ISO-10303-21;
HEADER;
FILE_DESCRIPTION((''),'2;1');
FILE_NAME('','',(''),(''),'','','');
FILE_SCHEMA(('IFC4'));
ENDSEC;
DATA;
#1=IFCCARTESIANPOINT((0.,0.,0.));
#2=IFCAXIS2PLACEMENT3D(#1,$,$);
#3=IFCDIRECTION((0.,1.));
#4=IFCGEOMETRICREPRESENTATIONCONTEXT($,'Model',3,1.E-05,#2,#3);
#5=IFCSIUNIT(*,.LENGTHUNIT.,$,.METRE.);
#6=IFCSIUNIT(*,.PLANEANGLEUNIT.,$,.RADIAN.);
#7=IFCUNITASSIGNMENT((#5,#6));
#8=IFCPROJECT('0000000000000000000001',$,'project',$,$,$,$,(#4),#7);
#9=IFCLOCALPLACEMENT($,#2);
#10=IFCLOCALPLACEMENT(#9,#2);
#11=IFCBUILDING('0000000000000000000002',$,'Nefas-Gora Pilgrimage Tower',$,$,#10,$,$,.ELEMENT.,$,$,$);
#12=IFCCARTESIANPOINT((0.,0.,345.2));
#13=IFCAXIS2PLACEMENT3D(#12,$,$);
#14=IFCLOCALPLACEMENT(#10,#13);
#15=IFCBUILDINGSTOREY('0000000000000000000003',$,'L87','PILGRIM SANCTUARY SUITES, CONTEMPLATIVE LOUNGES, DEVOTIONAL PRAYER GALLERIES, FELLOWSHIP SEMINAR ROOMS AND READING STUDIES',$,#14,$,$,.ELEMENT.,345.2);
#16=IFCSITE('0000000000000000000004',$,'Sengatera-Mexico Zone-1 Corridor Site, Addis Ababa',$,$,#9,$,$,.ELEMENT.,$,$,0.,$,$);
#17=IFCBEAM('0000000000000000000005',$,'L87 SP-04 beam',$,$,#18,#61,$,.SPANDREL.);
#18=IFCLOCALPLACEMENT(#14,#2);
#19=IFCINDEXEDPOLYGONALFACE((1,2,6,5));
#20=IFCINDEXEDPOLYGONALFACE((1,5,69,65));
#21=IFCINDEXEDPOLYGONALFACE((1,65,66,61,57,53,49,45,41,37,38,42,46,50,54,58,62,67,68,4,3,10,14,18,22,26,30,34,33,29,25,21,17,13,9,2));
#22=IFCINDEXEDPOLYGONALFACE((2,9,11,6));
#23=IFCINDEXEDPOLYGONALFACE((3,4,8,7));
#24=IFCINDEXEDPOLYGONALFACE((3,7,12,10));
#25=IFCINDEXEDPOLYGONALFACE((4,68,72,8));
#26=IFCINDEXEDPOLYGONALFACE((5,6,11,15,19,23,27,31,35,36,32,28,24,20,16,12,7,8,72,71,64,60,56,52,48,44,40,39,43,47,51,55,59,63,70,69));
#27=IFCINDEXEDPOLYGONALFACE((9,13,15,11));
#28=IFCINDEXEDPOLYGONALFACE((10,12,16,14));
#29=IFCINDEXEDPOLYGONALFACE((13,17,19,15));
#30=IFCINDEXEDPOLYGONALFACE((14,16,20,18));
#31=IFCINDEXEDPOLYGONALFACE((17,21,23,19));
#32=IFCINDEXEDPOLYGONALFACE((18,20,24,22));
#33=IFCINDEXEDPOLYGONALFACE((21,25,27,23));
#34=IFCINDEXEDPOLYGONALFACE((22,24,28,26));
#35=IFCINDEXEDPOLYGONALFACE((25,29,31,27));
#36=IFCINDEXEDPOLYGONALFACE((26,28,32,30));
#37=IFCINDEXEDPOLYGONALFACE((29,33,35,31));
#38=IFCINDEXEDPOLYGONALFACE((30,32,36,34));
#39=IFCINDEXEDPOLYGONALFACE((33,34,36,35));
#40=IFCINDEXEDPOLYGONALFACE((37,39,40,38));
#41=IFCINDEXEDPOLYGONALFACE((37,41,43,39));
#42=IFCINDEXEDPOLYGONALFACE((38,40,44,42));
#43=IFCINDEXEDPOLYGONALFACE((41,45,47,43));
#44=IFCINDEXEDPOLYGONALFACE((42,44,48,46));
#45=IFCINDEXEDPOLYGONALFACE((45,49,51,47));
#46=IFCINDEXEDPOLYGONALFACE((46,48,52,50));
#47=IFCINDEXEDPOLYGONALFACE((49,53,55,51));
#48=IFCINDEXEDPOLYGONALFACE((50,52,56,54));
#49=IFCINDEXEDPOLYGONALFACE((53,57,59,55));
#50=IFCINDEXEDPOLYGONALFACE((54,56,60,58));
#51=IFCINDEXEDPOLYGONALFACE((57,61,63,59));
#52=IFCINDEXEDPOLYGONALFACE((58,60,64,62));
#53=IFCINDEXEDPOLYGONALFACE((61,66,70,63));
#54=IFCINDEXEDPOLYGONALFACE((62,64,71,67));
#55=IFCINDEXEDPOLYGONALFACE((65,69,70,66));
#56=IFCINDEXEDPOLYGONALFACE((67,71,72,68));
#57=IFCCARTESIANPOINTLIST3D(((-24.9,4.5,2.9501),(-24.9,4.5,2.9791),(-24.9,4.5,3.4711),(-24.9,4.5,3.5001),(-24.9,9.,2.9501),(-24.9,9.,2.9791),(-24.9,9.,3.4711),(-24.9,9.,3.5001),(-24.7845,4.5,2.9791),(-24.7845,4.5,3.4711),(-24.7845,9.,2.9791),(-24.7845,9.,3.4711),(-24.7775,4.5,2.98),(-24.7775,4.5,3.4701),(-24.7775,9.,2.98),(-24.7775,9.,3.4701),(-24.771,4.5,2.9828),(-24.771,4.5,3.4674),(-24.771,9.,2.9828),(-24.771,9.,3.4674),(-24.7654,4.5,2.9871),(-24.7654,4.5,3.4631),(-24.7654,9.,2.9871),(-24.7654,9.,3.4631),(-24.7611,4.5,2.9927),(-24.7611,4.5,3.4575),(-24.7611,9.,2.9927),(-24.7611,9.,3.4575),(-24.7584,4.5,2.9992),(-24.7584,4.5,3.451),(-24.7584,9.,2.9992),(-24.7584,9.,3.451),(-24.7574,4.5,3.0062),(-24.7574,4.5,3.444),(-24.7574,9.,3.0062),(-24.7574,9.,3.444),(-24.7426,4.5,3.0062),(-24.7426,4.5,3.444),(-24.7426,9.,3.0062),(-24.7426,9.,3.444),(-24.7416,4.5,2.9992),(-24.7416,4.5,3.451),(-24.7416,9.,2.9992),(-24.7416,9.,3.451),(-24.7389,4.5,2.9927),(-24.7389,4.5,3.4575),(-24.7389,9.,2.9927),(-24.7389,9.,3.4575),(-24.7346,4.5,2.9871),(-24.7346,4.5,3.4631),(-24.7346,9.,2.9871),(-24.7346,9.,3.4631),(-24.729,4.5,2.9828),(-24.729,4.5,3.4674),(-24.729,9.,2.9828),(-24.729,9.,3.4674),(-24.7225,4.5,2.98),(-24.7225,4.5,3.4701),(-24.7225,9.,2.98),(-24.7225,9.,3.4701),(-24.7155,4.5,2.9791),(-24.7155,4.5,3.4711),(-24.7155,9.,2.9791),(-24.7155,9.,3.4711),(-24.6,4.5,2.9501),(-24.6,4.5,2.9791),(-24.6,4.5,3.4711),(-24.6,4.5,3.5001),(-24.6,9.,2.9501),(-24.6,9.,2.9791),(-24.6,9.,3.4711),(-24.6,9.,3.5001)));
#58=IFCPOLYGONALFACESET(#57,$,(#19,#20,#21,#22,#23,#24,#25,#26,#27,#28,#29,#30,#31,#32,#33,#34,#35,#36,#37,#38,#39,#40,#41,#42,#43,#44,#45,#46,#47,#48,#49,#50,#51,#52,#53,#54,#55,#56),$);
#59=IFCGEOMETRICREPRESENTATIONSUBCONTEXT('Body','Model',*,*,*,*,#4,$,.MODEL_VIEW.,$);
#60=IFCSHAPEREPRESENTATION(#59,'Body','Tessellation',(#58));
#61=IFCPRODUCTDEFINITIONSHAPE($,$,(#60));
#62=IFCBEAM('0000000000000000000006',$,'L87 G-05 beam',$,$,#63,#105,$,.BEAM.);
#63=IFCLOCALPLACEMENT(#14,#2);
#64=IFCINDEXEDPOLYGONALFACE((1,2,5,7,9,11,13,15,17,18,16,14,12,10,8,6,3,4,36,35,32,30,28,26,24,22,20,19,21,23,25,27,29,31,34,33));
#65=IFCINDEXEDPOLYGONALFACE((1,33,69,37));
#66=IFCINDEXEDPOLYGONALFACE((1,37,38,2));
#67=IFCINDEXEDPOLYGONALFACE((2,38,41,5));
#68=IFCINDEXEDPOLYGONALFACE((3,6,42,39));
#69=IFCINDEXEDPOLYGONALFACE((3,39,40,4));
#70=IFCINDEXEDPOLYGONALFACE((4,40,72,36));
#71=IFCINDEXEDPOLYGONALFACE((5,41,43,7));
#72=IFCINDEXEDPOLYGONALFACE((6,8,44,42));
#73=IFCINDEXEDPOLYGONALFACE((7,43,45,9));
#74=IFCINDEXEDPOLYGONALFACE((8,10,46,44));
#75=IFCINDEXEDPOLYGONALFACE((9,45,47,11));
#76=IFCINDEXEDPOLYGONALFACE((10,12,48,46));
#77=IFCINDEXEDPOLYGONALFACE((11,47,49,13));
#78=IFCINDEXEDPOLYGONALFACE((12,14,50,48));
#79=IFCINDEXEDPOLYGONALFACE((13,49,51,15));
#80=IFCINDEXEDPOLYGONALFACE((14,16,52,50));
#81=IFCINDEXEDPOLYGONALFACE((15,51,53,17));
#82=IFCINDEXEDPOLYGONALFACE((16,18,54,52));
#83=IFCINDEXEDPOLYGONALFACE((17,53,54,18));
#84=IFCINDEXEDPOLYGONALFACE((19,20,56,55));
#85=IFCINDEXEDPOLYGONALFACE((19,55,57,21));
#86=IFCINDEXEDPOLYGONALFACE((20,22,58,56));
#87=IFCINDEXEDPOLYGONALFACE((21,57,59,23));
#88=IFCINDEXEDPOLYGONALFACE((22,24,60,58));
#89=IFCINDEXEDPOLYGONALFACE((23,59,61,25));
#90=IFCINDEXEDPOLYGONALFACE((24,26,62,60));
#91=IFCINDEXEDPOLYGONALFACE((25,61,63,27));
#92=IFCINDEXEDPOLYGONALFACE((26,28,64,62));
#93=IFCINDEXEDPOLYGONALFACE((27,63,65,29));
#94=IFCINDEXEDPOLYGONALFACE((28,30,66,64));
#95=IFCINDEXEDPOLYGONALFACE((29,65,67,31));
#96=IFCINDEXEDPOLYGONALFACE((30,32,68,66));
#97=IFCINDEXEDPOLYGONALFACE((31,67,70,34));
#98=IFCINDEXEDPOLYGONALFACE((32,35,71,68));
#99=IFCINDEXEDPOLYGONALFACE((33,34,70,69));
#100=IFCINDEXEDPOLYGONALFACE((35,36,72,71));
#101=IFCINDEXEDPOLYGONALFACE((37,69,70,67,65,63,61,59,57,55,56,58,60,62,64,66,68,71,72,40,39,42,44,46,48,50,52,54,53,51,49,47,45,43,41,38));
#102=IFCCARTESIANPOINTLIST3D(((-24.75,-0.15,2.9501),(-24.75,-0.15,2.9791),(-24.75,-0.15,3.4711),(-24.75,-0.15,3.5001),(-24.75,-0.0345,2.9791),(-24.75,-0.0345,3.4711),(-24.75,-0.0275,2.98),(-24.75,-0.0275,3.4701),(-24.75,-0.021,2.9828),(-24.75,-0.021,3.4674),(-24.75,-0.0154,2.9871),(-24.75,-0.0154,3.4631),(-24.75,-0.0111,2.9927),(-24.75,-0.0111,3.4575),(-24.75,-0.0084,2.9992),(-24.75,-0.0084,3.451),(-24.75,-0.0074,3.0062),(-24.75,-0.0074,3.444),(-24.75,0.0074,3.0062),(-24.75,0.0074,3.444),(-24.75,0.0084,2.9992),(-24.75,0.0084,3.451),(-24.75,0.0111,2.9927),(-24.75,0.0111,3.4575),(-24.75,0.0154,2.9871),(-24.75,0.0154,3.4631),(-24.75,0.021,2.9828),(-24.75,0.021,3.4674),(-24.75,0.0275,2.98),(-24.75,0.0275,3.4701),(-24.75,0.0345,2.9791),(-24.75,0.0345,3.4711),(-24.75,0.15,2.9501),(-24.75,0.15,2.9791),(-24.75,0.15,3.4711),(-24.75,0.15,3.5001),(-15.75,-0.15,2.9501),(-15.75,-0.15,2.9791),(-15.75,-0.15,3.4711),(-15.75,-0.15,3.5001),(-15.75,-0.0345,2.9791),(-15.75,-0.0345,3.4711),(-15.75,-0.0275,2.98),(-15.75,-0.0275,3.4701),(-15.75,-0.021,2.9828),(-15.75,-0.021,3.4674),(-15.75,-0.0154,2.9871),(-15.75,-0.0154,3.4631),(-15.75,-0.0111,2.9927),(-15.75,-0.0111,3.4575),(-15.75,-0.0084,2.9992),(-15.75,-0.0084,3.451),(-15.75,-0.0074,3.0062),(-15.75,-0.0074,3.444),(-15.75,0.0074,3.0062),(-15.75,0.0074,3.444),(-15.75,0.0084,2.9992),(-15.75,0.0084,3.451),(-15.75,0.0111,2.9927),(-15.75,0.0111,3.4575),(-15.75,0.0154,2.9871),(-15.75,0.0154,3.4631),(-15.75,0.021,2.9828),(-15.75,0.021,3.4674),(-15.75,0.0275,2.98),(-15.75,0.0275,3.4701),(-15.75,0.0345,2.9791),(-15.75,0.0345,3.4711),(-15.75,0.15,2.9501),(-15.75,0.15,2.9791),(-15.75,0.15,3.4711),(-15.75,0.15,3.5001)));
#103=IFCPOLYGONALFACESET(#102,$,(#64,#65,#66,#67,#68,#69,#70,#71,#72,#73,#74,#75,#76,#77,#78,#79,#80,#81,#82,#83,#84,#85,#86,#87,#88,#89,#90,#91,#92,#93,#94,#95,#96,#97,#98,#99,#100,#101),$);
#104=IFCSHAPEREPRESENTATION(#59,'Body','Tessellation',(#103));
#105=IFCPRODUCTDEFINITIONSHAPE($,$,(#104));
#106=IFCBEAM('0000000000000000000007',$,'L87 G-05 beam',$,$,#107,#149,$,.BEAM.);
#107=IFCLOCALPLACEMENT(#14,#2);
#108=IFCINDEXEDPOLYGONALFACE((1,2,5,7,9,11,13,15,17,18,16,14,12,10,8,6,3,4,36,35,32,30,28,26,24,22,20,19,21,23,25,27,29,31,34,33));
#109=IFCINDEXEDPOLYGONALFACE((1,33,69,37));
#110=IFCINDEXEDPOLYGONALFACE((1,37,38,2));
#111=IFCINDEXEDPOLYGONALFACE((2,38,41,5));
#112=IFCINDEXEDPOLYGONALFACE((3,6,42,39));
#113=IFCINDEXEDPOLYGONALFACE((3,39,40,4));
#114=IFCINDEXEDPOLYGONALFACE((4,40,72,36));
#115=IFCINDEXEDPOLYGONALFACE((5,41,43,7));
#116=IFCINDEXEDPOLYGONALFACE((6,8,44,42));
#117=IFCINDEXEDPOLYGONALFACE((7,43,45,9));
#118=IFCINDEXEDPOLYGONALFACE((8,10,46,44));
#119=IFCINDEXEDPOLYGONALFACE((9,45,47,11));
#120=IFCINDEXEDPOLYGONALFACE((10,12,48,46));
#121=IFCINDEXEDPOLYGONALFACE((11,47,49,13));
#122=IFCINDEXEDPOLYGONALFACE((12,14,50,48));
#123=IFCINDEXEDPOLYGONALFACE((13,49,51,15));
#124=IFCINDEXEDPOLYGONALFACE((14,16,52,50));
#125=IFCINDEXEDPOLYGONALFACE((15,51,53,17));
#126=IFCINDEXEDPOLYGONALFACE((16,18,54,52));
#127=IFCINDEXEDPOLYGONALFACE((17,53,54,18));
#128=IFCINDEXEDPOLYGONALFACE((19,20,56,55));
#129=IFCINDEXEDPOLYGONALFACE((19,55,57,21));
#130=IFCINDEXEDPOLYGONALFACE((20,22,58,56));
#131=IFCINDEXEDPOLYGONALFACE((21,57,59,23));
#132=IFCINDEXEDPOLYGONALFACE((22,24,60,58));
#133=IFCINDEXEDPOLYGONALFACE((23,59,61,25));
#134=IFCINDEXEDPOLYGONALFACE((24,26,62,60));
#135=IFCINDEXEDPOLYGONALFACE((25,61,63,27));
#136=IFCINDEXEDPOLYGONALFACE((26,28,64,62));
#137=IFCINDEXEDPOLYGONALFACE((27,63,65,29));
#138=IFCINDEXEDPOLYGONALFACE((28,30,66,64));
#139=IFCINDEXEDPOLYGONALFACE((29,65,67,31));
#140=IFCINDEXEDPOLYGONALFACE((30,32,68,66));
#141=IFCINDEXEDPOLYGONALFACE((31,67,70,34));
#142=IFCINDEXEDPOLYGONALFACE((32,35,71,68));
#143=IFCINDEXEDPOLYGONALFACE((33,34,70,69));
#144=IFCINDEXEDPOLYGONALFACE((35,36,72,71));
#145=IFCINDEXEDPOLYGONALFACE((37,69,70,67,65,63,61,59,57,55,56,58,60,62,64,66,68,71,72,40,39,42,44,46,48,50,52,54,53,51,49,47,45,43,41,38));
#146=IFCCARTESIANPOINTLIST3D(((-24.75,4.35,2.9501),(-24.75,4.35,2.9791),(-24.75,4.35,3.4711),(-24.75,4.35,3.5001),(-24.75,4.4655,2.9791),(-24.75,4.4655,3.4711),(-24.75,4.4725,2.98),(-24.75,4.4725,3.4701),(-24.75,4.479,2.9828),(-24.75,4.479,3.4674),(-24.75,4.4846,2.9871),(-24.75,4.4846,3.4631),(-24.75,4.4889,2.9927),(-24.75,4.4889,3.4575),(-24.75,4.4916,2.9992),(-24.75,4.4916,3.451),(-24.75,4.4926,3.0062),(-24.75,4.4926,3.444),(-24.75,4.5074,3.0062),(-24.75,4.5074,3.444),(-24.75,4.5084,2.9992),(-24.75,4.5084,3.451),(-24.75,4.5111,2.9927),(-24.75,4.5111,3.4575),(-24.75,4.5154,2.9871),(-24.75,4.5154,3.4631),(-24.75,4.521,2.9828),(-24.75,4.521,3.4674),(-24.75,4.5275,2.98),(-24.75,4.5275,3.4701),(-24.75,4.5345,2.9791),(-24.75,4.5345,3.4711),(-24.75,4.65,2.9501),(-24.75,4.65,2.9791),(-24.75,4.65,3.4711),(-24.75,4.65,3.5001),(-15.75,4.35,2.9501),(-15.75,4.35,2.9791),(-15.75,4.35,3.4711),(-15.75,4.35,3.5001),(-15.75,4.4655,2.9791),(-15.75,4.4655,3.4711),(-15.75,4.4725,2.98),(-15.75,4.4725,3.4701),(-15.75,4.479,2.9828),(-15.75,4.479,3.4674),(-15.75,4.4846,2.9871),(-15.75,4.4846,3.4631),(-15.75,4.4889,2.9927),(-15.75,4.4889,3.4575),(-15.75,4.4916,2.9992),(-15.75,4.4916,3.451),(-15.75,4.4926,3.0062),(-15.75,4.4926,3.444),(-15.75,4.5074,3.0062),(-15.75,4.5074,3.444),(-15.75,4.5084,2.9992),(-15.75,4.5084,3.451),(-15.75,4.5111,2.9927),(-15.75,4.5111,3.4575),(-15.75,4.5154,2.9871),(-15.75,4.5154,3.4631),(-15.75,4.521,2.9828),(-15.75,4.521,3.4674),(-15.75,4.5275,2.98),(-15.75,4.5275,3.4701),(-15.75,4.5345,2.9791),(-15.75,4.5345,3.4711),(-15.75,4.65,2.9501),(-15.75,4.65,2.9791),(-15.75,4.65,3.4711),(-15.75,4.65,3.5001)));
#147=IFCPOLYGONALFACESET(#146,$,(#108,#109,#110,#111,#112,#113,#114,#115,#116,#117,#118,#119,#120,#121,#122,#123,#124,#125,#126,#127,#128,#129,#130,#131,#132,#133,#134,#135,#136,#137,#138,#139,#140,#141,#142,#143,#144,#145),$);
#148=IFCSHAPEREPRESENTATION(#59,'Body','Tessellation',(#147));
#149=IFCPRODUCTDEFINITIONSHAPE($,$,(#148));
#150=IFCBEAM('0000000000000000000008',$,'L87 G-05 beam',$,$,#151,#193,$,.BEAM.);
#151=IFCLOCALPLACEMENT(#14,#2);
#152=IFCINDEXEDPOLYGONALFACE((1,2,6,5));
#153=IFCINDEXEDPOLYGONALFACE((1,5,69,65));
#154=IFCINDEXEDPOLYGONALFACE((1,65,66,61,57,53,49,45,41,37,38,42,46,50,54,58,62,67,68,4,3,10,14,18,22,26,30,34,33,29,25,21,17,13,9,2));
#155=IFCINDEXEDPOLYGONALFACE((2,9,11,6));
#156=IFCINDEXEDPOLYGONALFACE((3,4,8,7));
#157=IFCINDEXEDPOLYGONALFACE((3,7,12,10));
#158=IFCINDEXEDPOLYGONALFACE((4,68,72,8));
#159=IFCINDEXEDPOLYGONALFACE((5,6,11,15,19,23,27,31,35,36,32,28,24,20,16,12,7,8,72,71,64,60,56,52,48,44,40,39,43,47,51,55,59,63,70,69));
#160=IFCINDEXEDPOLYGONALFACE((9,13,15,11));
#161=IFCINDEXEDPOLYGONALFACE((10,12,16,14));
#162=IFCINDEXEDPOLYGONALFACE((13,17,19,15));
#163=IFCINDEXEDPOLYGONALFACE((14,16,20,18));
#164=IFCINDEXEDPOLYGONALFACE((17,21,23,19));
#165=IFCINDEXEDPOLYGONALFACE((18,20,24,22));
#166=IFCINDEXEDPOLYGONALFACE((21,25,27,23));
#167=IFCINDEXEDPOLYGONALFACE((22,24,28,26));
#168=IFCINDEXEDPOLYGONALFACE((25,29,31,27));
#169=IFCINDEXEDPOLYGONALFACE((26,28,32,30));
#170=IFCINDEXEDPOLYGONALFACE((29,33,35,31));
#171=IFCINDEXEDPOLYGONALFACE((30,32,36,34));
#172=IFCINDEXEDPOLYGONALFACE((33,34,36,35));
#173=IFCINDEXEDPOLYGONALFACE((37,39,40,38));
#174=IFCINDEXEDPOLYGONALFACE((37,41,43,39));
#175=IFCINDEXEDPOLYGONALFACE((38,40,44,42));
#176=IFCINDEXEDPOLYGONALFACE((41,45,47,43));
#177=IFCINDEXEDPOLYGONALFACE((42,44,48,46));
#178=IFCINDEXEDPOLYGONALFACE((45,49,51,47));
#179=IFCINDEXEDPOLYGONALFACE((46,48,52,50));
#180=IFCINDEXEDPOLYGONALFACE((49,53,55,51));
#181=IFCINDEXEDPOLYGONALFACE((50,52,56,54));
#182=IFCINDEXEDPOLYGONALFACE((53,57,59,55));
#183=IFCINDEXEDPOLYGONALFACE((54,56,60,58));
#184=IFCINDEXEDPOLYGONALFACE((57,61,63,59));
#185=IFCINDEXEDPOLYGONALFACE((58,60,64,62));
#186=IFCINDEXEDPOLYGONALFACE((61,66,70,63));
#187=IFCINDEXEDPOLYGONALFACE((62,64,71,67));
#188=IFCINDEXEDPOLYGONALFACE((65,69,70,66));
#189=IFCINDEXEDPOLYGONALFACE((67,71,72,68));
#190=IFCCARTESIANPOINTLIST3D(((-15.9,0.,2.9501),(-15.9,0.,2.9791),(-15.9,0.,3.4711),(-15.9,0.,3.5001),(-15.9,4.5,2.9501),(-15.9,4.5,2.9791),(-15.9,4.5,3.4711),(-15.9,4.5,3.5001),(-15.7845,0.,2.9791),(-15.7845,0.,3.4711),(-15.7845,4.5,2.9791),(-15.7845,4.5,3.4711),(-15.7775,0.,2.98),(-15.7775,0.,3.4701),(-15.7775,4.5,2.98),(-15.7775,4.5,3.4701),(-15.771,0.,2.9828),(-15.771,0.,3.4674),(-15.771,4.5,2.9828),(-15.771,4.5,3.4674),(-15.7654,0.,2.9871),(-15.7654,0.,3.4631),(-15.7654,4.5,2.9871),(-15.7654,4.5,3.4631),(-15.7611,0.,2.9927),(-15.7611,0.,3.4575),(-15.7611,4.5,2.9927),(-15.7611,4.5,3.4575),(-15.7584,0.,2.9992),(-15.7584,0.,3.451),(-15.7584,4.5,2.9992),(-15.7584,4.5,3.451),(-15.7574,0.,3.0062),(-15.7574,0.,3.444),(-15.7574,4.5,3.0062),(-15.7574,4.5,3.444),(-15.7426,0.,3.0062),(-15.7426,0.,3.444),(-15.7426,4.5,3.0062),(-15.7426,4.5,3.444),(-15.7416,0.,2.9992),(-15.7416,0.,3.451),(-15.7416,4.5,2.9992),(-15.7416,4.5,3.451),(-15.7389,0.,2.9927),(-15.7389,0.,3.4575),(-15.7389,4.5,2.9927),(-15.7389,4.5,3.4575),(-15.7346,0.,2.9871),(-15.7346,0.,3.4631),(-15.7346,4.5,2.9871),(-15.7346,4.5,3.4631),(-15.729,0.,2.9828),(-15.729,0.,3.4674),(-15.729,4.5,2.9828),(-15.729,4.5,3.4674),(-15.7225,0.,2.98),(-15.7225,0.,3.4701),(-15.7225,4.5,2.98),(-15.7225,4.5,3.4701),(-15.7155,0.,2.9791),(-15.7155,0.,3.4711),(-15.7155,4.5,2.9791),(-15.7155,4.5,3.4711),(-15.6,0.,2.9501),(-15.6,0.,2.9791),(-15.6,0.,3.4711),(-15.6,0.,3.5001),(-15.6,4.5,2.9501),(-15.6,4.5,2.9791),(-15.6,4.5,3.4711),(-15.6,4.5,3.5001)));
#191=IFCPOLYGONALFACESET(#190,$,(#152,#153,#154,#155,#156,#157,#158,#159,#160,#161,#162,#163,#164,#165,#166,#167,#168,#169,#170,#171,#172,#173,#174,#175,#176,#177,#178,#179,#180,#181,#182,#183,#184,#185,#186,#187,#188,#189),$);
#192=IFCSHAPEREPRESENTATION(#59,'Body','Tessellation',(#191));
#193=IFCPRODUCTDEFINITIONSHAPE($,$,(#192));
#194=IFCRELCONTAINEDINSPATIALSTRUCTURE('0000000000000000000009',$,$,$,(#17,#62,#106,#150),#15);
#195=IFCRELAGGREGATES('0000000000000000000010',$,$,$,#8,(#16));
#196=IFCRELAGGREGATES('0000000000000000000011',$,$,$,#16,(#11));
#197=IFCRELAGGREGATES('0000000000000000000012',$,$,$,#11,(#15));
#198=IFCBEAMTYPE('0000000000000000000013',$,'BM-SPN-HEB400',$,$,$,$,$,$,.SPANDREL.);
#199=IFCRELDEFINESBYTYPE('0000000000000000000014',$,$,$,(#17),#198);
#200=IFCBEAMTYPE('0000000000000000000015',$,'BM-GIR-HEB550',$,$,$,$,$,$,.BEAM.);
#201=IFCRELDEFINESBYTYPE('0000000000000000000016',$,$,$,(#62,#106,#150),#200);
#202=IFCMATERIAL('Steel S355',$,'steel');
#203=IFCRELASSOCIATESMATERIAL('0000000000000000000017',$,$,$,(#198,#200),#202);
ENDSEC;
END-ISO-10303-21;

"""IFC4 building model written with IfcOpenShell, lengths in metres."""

from ifc_helpers import new_model, si_unit, direction, frame, origin, origin_2d, place, context, subcontext, project, spatial, i_section, extrude, source, transform, mapped, material, material_profile, profile_set, type_object, element, save


model = new_model("IFC4")

# Units and contexts
model_context = context("Model", 3, precision=1e-05, world=origin(), true_north=direction((0.0, 1.0)))
body_context = subcontext(model_context, "Body", "Model", "MODEL_VIEW")
ifc_project = project(units=[si_unit("LENGTHUNIT", "METRE"), si_unit("PLANEANGLEUNIT", "RADIAN")], contexts=[model_context])

# Site, building, storey
site_placement = place(None, origin())
site = spatial("IfcSite", under=ifc_project, at=site_placement, Name="Sengatera-Mexico Zone-1 Corridor Site, Addis Ababa", CompositionType="ELEMENT", RefElevation=0.0)
building_placement = place(site_placement, origin())
building = spatial("IfcBuilding", under=site, at=building_placement, Name="Nefas-Gora Pilgrimage Tower", CompositionType="ELEMENT")
storey_placement = place(building_placement, frame((0.0, 0.0, 345.2)))
storey = spatial("IfcBuildingStorey", under=building, at=storey_placement, Name="L87", Description="PILGRIM SANCTUARY SUITES, CONTEMPLATIVE LOUNGES, DEVOTIONAL PRAYER GALLERIES, FELLOWSHIP SEMINAR ROOMS AND READING STUDIES", CompositionType="ELEMENT", Elevation=345.2)

# Shared definitions
ifc_material_1 = material(Name="Steel S355", Category="steel")

# Beams
ifc_material_profile_1 = material_profile(ifc_material_1, i_section(OverallWidth=0.3, OverallDepth=0.55, WebThickness=0.0149, FlangeThickness=0.0291, FilletRadius=0.0271, at=origin_2d()), Name="HEB 550")
ifc_profile_set_1 = profile_set([ifc_material_profile_1], Name="Steel S355")
beam_type_1 = type_object("IfcBeamType", Name="BM-SPN-HEB400", PredefinedType="SPANDREL", material=ifc_profile_set_1)
shared_shape_1 = source(origin(), body_context, "Body", "SweptSolid", [
    extrude(i_section(OverallWidth=0.3, OverallDepth=0.55, WebThickness=0.0149, FlangeThickness=0.0291, FilletRadius=0.0271, at=origin_2d()), origin(), (0.0, 0.0, 1.0), 4.5),
])
for number, where, z_axis, x_axis, name in (
    (1, (-24.75, 4.5, 3.2251), (0.0, 1.0, 0.0), (-1.0, 0.0, 0.0), "L87 SP-04 beam"),
):
    element("IfcBeam", number, at=place(storey_placement, frame(where, z_axis=z_axis, x_axis=x_axis)), inside=storey, type_object=beam_type_1, Name=name, PredefinedType="SPANDREL", context=body_context, shape_type="MappedRepresentation", body=[
        mapped(shared_shape_1, transform((0.0, 0.0, 0.0), x_axis=(1.0, 0.0, 0.0), y_axis=(0.0, 1.0, 0.0), z_axis=(0.0, 0.0, 1.0), scale=1.0)),
    ])
ifc_material_profile_2 = material_profile(ifc_material_1, i_section(OverallWidth=0.3, OverallDepth=0.55, WebThickness=0.0149, FlangeThickness=0.0291, FilletRadius=0.0271, at=origin_2d()), Name="HEB 550")
ifc_profile_set_2 = profile_set([ifc_material_profile_2], Name="Steel S355")
beam_type_2 = type_object("IfcBeamType", Name="BM-GIR-HEB550", PredefinedType="BEAM", material=ifc_profile_set_2)
shared_shape_2 = source(origin(), body_context, "Body", "SweptSolid", [
    extrude(i_section(OverallWidth=0.3, OverallDepth=0.55, WebThickness=0.0149, FlangeThickness=0.0291, FilletRadius=0.0271, at=origin_2d()), origin(), (0.0, 0.0, 1.0), 9.0),
])
for number, where, z_axis, x_axis, name in (
    (2, (-24.75, 0.0, 3.2251), (1.0, 0.0, 0.0), (0.0, 1.0, 0.0), "L87 G-05 beam"),
    (3, (-24.75, 4.5, 3.2251), (1.0, 0.0, 0.0), (0.0, 1.0, 0.0), "L87 G-05 beam"),
):
    element("IfcBeam", number, at=place(storey_placement, frame(where, z_axis=z_axis, x_axis=x_axis)), inside=storey, type_object=beam_type_2, Name=name, PredefinedType="BEAM", context=body_context, shape_type="MappedRepresentation", body=[
        mapped(shared_shape_2, transform((0.0, 0.0, 0.0), x_axis=(1.0, 0.0, 0.0), y_axis=(0.0, 1.0, 0.0), z_axis=(0.0, 0.0, 1.0), scale=1.0)),
    ])
shared_shape_3 = source(origin(), body_context, "Body", "SweptSolid", [
    extrude(i_section(OverallWidth=0.3, OverallDepth=0.55, WebThickness=0.0149, FlangeThickness=0.0291, FilletRadius=0.0271, at=origin_2d()), origin(), (0.0, 0.0, 1.0), 4.5),
])
for number, where, z_axis, x_axis, name in (
    (4, (-15.75, 0.0, 3.2251), (0.0, 1.0, 0.0), (-1.0, 0.0, 0.0), "L87 G-05 beam"),
):
    element("IfcBeam", number, at=place(storey_placement, frame(where, z_axis=z_axis, x_axis=x_axis)), inside=storey, type_object=beam_type_2, Name=name, PredefinedType="BEAM", context=body_context, shape_type="MappedRepresentation", body=[
        mapped(shared_shape_3, transform((0.0, 0.0, 0.0), x_axis=(1.0, 0.0, 0.0), y_axis=(0.0, 1.0, 0.0), z_axis=(0.0, 0.0, 1.0), scale=1.0)),
    ])

save(model, "model.ifc")
